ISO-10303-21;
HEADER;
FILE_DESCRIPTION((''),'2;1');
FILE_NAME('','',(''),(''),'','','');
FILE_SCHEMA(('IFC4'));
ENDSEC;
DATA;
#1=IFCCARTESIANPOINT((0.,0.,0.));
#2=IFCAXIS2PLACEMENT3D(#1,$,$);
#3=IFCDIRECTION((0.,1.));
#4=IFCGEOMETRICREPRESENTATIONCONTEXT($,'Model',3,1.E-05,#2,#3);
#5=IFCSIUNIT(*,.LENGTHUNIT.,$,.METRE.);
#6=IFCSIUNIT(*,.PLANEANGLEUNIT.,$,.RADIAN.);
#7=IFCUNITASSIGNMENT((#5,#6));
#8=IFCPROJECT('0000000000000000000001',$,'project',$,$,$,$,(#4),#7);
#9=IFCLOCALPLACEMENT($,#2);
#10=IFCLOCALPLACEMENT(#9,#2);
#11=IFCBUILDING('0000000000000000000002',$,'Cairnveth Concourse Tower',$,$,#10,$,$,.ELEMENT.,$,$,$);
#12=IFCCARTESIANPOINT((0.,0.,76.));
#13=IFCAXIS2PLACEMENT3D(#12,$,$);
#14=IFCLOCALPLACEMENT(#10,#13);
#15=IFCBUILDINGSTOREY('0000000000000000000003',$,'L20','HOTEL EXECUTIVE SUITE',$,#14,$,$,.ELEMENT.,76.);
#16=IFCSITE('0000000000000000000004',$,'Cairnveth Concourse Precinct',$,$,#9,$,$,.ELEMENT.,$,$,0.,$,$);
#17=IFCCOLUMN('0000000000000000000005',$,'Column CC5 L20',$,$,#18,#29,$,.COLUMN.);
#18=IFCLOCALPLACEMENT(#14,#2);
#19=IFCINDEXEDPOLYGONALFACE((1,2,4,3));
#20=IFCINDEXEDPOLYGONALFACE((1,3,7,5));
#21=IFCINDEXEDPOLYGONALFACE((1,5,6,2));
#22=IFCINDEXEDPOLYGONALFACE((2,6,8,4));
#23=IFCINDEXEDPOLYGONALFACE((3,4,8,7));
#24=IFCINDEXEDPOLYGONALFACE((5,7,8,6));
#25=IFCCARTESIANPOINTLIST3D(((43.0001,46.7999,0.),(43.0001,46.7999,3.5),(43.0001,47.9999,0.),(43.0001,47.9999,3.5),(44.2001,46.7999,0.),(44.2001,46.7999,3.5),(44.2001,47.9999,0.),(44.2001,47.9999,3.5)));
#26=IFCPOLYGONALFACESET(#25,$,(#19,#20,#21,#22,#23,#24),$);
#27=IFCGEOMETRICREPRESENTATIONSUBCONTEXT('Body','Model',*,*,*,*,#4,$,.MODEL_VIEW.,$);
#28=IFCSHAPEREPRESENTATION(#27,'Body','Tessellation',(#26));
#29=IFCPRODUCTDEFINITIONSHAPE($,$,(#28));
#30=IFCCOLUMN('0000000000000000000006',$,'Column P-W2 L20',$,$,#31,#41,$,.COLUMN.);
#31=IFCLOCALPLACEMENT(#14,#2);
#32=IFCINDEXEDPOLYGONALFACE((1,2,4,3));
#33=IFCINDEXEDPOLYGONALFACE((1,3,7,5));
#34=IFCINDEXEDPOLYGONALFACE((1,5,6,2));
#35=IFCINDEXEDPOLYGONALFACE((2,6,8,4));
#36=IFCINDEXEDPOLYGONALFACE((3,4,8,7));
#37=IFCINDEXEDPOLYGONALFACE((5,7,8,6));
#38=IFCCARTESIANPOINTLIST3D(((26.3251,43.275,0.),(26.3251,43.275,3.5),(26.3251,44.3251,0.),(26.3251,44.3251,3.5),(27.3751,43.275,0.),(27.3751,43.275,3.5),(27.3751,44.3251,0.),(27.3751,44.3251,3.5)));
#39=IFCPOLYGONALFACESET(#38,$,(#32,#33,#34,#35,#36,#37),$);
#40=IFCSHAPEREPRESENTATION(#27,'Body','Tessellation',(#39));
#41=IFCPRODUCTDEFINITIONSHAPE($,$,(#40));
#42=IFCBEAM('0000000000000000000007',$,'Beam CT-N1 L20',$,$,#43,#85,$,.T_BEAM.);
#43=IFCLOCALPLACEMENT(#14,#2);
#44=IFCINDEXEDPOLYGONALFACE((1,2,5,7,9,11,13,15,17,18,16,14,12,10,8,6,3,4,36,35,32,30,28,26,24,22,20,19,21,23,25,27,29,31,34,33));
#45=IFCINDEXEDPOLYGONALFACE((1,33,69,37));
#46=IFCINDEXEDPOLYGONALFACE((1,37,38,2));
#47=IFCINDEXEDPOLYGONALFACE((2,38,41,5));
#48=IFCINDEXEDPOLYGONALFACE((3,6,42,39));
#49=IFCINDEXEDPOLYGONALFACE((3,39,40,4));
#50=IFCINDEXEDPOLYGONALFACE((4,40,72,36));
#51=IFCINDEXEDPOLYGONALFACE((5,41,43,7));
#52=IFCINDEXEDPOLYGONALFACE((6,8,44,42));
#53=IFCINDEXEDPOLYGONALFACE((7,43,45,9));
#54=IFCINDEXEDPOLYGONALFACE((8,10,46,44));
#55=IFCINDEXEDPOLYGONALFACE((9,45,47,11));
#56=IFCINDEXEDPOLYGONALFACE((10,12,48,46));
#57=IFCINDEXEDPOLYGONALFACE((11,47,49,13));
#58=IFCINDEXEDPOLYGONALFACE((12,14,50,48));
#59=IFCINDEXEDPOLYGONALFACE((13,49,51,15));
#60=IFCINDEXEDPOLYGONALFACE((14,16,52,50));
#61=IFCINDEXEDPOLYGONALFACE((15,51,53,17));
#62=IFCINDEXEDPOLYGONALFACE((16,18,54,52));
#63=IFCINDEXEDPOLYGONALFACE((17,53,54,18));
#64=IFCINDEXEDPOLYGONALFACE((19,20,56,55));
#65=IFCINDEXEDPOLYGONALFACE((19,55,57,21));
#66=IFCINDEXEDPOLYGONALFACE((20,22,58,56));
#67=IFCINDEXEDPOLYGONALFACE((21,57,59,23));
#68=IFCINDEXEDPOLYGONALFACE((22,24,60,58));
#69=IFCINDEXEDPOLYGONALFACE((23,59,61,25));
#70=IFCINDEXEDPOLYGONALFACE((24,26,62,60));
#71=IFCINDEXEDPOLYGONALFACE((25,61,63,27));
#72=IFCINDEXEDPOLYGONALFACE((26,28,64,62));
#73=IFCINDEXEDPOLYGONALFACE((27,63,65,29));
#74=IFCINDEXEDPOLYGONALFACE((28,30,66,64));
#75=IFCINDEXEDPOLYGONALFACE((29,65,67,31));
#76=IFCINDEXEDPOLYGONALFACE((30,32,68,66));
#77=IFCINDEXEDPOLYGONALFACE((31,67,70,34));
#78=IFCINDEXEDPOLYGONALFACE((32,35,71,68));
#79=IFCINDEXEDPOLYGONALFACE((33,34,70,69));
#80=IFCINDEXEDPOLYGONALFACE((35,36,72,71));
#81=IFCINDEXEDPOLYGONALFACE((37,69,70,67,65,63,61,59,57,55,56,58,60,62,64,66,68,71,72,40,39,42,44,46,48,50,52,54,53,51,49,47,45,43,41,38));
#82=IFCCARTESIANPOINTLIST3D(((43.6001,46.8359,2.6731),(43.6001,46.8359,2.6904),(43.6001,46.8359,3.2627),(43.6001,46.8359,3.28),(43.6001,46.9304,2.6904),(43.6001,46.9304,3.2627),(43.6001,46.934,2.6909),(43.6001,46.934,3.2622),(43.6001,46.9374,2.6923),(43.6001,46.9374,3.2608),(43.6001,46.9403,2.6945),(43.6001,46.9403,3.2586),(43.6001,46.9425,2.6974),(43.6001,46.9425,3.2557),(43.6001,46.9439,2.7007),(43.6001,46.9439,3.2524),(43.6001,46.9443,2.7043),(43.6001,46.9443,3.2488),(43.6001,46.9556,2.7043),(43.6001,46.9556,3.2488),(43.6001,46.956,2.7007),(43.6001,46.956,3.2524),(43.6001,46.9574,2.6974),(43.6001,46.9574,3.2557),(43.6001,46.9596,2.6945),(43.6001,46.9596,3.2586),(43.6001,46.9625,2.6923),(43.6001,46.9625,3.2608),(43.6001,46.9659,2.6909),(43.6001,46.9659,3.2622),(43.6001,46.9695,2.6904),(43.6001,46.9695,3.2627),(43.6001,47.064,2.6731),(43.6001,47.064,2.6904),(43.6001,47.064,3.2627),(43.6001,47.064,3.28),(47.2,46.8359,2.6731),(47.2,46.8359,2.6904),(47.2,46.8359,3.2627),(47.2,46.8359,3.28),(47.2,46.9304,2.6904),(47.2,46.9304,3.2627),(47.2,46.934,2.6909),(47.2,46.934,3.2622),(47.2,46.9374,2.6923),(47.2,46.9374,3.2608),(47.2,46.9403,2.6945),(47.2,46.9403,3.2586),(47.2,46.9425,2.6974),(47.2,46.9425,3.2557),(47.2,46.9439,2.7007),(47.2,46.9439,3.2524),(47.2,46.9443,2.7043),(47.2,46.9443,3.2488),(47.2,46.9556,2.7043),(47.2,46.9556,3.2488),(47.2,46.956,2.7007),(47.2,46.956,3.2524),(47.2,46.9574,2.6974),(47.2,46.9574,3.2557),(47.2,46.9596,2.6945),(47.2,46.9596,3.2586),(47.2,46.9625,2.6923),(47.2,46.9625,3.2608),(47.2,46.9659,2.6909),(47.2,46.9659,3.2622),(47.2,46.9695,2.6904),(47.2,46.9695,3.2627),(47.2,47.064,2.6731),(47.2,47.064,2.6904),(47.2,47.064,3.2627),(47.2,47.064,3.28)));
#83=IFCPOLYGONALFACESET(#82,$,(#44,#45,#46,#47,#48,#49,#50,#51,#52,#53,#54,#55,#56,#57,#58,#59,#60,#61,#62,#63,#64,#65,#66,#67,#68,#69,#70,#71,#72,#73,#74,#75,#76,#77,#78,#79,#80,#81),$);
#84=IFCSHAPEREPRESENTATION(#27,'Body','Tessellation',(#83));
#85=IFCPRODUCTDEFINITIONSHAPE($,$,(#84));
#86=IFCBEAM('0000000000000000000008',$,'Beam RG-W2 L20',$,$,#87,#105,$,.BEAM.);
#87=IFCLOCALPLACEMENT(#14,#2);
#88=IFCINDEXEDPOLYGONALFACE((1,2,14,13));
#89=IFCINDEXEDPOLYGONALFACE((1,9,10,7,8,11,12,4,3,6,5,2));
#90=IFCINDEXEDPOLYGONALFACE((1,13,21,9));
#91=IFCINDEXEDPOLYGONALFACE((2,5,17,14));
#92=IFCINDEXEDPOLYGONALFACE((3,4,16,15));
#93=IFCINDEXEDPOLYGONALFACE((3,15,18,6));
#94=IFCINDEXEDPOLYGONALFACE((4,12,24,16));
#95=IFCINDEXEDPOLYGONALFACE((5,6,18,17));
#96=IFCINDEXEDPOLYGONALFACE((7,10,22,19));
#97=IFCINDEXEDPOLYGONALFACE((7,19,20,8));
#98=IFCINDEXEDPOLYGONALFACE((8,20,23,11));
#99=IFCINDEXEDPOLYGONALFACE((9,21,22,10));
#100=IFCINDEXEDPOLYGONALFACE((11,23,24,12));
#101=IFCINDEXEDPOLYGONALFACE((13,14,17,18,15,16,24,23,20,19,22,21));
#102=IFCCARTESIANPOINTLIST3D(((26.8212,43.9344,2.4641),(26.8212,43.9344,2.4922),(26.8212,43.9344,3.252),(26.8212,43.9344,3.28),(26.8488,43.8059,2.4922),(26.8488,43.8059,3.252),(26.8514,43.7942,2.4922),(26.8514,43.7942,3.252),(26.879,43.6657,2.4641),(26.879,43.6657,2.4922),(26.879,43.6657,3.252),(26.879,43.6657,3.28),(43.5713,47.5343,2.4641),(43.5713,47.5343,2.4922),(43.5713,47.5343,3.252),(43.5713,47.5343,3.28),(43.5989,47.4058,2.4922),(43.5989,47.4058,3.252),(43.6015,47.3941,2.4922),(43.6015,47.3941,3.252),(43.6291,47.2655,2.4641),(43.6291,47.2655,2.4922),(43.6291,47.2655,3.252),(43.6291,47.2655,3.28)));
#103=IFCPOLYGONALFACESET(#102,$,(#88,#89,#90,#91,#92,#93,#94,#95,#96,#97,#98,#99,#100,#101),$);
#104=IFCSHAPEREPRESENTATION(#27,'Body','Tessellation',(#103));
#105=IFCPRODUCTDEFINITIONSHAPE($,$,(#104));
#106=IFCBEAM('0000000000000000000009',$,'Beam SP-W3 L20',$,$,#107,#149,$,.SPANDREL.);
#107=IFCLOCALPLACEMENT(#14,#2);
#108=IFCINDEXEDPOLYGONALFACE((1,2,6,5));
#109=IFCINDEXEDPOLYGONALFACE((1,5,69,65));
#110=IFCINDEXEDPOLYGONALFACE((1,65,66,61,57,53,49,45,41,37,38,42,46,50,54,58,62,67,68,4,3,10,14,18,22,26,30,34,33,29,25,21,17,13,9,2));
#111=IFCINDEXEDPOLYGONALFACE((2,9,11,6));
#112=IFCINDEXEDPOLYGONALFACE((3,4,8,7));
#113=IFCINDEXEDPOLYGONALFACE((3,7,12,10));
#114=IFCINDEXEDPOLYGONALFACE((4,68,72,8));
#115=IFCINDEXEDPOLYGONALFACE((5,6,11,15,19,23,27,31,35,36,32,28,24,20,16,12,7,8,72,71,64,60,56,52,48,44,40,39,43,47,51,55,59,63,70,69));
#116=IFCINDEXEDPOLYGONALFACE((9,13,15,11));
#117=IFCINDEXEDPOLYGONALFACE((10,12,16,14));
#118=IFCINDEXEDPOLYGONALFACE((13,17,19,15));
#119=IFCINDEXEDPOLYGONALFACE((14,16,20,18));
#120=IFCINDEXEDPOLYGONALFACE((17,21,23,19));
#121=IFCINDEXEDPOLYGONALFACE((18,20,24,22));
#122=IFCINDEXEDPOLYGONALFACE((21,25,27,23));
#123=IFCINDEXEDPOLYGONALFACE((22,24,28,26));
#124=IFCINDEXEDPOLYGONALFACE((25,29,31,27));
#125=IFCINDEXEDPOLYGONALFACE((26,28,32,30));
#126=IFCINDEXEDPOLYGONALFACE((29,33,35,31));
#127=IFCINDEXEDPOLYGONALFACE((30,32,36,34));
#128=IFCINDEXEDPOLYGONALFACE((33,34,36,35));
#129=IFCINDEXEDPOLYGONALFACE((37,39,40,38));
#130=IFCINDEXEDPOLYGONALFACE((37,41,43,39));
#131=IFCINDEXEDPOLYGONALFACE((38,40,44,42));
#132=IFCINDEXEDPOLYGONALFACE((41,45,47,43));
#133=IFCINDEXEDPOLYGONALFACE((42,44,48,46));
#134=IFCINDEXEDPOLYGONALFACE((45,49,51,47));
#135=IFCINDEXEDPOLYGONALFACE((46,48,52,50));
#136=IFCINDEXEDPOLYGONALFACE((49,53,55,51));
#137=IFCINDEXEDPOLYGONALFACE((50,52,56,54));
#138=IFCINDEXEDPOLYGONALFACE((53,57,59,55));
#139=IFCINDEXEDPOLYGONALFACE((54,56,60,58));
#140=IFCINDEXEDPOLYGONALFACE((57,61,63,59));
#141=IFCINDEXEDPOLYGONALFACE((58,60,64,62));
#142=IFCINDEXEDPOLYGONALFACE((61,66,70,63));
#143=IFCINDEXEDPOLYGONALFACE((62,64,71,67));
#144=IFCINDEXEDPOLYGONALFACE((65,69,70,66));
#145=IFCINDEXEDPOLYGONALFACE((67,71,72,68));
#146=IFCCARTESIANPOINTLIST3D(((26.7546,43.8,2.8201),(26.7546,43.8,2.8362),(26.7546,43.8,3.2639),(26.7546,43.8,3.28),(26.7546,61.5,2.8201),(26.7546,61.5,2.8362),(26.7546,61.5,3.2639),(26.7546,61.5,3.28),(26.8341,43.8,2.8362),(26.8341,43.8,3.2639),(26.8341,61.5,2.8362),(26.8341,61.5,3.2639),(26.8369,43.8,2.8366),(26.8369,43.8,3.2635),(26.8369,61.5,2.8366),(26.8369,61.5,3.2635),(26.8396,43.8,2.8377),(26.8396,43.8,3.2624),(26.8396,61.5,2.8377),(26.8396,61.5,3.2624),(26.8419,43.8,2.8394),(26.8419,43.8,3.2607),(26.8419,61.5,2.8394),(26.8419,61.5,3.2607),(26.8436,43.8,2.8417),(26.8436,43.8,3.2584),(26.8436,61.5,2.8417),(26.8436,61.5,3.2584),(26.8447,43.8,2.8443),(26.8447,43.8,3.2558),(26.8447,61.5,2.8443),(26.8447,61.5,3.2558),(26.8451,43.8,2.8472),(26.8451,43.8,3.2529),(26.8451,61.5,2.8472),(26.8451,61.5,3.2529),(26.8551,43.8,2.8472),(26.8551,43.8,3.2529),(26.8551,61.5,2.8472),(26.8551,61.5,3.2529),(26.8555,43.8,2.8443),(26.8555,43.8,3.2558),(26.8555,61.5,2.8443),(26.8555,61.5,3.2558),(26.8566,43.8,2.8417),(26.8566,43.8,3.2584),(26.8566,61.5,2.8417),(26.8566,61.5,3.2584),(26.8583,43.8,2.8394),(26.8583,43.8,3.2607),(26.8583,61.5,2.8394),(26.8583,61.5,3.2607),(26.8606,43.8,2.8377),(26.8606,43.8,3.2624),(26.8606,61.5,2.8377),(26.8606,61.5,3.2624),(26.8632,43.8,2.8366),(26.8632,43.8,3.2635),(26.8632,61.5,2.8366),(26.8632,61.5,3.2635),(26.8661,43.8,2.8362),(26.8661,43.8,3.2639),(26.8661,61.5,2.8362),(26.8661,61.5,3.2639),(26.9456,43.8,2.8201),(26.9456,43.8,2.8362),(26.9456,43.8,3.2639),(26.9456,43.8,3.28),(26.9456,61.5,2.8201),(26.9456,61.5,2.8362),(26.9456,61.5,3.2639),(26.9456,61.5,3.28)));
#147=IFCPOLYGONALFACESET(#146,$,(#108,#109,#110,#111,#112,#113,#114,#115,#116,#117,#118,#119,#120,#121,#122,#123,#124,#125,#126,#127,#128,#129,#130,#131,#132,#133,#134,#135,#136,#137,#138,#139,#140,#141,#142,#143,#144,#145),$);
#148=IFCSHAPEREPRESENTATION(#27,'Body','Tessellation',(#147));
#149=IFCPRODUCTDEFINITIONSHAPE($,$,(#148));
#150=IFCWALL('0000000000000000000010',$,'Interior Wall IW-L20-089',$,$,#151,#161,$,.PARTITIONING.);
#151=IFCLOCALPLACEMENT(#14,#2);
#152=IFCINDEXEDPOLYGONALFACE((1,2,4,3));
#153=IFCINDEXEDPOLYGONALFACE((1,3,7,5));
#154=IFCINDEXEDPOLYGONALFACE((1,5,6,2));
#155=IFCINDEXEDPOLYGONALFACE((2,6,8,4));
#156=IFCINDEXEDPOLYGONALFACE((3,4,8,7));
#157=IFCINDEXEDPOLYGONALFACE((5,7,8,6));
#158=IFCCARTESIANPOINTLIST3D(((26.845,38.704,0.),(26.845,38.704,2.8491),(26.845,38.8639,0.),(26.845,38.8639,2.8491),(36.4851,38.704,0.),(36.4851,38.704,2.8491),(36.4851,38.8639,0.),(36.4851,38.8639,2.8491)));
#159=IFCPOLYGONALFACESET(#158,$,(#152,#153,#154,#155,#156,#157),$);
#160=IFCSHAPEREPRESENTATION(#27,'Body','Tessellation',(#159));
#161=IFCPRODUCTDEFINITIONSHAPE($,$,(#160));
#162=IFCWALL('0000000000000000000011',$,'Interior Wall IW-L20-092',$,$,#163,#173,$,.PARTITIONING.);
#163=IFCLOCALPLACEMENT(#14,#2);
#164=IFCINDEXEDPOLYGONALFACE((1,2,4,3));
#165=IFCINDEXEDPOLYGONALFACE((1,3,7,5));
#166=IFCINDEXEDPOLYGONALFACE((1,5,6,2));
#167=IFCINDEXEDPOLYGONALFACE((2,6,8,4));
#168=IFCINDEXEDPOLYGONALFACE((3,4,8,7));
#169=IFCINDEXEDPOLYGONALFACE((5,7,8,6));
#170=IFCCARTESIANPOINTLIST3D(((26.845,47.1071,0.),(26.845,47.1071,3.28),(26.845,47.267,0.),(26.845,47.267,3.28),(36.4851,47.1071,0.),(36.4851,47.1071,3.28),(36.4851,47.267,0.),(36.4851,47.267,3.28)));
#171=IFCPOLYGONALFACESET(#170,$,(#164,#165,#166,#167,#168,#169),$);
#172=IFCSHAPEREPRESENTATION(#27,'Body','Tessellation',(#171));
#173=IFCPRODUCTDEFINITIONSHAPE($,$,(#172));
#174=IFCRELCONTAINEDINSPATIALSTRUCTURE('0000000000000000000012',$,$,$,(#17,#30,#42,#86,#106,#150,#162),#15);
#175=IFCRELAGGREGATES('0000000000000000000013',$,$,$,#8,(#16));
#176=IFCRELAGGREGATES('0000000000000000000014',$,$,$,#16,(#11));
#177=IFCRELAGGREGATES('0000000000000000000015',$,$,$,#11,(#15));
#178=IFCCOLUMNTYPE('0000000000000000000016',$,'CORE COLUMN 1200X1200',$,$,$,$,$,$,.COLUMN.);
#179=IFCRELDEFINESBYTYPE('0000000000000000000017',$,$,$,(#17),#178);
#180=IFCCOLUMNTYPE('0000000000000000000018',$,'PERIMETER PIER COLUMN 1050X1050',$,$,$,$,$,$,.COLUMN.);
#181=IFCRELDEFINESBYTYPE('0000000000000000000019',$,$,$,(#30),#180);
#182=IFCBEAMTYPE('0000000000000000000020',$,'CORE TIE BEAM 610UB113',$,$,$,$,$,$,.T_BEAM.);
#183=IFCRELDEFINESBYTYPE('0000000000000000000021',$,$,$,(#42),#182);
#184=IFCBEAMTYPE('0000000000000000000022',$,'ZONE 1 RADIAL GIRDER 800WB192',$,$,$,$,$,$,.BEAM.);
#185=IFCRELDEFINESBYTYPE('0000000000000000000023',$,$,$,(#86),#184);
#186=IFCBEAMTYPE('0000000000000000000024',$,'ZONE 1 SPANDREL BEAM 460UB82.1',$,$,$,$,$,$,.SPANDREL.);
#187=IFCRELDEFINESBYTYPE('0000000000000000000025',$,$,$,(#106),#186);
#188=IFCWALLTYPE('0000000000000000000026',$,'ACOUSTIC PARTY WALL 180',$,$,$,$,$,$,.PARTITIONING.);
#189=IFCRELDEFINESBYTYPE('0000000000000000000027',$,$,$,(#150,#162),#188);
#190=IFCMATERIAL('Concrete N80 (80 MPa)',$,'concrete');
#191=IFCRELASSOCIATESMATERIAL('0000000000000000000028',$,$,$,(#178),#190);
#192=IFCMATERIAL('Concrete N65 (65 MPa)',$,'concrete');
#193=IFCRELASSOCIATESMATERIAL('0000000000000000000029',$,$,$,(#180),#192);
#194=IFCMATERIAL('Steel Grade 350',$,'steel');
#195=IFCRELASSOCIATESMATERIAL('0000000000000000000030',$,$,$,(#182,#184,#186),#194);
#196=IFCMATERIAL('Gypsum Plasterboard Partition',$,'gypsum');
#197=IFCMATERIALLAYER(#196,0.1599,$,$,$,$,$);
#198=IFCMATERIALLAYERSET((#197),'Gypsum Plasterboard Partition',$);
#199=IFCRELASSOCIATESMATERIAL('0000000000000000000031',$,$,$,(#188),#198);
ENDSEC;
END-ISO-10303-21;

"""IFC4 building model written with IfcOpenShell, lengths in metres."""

from ifc_helpers import new_model, si_unit, direction, frame, frame_2d, origin, origin_2d, place, context, subcontext, project, spatial, rectangle, i_section, extrude, material, layer, layer_set, material_profile, profile_set, type_object, element, save


model = new_model("IFC4")

# Units and contexts
model_context = context("Model", 3, precision=1e-05, world=origin(), true_north=direction((0.0, 1.0)))
body_context = subcontext(model_context, "Body", "Model", "MODEL_VIEW")
ifc_project = project(units=[si_unit("LENGTHUNIT", "METRE"), si_unit("PLANEANGLEUNIT", "RADIAN")], contexts=[model_context])

# Site, building, storey
site_placement = place(None, origin())
site = spatial("IfcSite", under=ifc_project, at=site_placement, Name="Cairnveth Concourse Precinct", CompositionType="ELEMENT", RefElevation=0.0)
building_placement = place(site_placement, origin())
building = spatial("IfcBuilding", under=site, at=building_placement, Name="Cairnveth Concourse Tower", CompositionType="ELEMENT")
storey_placement = place(building_placement, frame((0.0, 0.0, 76.0)))
storey = spatial("IfcBuildingStorey", under=building, at=storey_placement, Name="L20", Description="HOTEL EXECUTIVE SUITE", CompositionType="ELEMENT", Elevation=76.0)

# Columns
ifc_material_1 = material(Name="Concrete N80 (80 MPa)", Category="concrete")
ifc_material_profile_1 = material_profile(ifc_material_1, rectangle(XDim=1.2, YDim=1.2, at=origin_2d()), Name="RC-COL-1200x1200")
ifc_profile_set_1 = profile_set([ifc_material_profile_1], Name="Concrete N80 (80 MPa)")
column_type_1 = type_object("IfcColumnType", Name="CORE COLUMN 1200X1200", PredefinedType="COLUMN", material=ifc_profile_set_1)
column_1_placement = place(storey_placement, frame((43.6001, 47.3999, 0.0), z_axis=(0.0, 0.0, 1.0), x_axis=(1.0, 0.0, 0.0)))
element("IfcColumn", 1, at=column_1_placement, inside=storey, type_object=column_type_1, Name="Column CC5 L20", PredefinedType="COLUMN", context=body_context, shape_type="SweptSolid", body=[
    extrude(rectangle(XDim=1.2, YDim=1.2, at=origin_2d()), origin(), (0.0, 0.0, 1.0), 3.5),
])
ifc_material_2 = material(Name="Concrete N65 (65 MPa)", Category="concrete")
ifc_material_profile_2 = material_profile(ifc_material_2, rectangle(XDim=1.05, YDim=1.05, at=origin_2d()), Name="RC-COL-1050x1050")
ifc_profile_set_2 = profile_set([ifc_material_profile_2], Name="Concrete N65 (65 MPa)")
column_type_2 = type_object("IfcColumnType", Name="PERIMETER PIER COLUMN 1050X1050", PredefinedType="COLUMN", material=ifc_profile_set_2)
column_2_placement = place(storey_placement, frame((26.8501, 43.8, 0.0), z_axis=(0.0, 0.0, 1.0), x_axis=(0.0, 1.0, 0.0)))
element("IfcColumn", 2, at=column_2_placement, inside=storey, type_object=column_type_2, Name="Column P-W2 L20", PredefinedType="COLUMN", context=body_context, shape_type="SweptSolid", body=[
    extrude(rectangle(XDim=1.05, YDim=1.05, at=origin_2d()), origin(), (0.0, 0.0, 1.0), 3.5),
])

# Beams
ifc_material_3 = material(Name="Steel Grade 350", Category="steel")
ifc_material_profile_3 = material_profile(ifc_material_3, i_section(OverallWidth=0.228, OverallDepth=0.6069, WebThickness=0.0112, FlangeThickness=0.0173, FilletRadius=0.0139, at=origin_2d()), Name="610UB113")
ifc_profile_set_3 = profile_set([ifc_material_profile_3], Name="Steel Grade 350")
beam_type_1 = type_object("IfcBeamType", Name="CORE TIE BEAM 610UB113", PredefinedType="T_BEAM", material=ifc_profile_set_3)
beam_1_placement = place(storey_placement, frame((43.6001, 46.95, 2.9766), z_axis=(1.0, 0.0, 0.0), x_axis=(0.0, 1.0, 0.0)))
element("IfcBeam", 3, at=beam_1_placement, inside=storey, type_object=beam_type_1, Name="Beam CT-N1 L20", PredefinedType="T_BEAM", context=body_context, shape_type="SweptSolid", body=[
    extrude(i_section(OverallWidth=0.228, OverallDepth=0.6069, WebThickness=0.0112, FlangeThickness=0.0173, FilletRadius=0.0139, at=origin_2d()), origin(), (0.0, 0.0, 1.0), 3.5999),
])
ifc_material_profile_4 = material_profile(ifc_material_3, i_section(OverallWidth=0.2749, OverallDepth=0.8159, WebThickness=0.012, FlangeThickness=0.0281, at=origin_2d()), Name="800WB192")
ifc_profile_set_4 = profile_set([ifc_material_profile_4], Name="Steel Grade 350")
beam_type_2 = type_object("IfcBeamType", Name="ZONE 1 RADIAL GIRDER 800WB192", PredefinedType="BEAM", material=ifc_profile_set_4)
beam_2_placement = place(storey_placement, frame((26.8501, 43.8, 2.8721), z_axis=(0.977676, 0.210119, 0.0), x_axis=(-0.210119, 0.977676, 0.0)))
element("IfcBeam", 4, at=beam_2_placement, inside=storey, type_object=beam_type_2, Name="Beam RG-W2 L20", PredefinedType="BEAM", context=body_context, shape_type="SweptSolid", body=[
    extrude(i_section(OverallWidth=0.2749, OverallDepth=0.8159, WebThickness=0.012, FlangeThickness=0.0281, at=origin_2d()), origin(), (0.0, 0.0, 1.0), 17.1326),
])
ifc_material_profile_5 = material_profile(ifc_material_3, i_section(OverallWidth=0.1909, OverallDepth=0.46, WebThickness=0.01, FlangeThickness=0.0161, FilletRadius=0.011, at=origin_2d()), Name="460UB82.1")
ifc_profile_set_5 = profile_set([ifc_material_profile_5], Name="Steel Grade 350")
beam_type_3 = type_object("IfcBeamType", Name="ZONE 1 SPANDREL BEAM 460UB82.1", PredefinedType="SPANDREL", material=ifc_profile_set_5)
beam_3_placement = place(storey_placement, frame((26.8501, 43.8, 3.05), z_axis=(0.0, 1.0, 0.0), x_axis=(-1.0, 0.0, 0.0)))
element("IfcBeam", 5, at=beam_3_placement, inside=storey, type_object=beam_type_3, Name="Beam SP-W3 L20", PredefinedType="SPANDREL", context=body_context, shape_type="SweptSolid", body=[
    extrude(i_section(OverallWidth=0.1909, OverallDepth=0.46, WebThickness=0.01, FlangeThickness=0.0161, FilletRadius=0.011, at=origin_2d()), origin(), (0.0, 0.0, 1.0), 17.7),
])

# Walls
ifc_material_4 = material(Name="Gypsum Plasterboard Partition", Category="gypsum")
ifc_layer_1 = layer(ifc_material_4, 0.1599)
ifc_layer_set_1 = layer_set([ifc_layer_1], Name="Gypsum Plasterboard Partition")
wall_type_1 = type_object("IfcWallType", Name="ACOUSTIC PARTY WALL 180", PredefinedType="PARTITIONING", material=ifc_layer_set_1)
wall_1_placement = place(storey_placement, frame((26.845, 38.7839, 0.0), z_axis=(0.0, 0.0, 1.0), x_axis=(1.0, 0.0, 0.0)))
element("IfcWall", 6, at=wall_1_placement, inside=storey, type_object=wall_type_1, Name="Interior Wall IW-L20-089", PredefinedType="PARTITIONING", context=body_context, shape_type="SweptSolid", body=[
    extrude(rectangle(XDim=9.6401, YDim=0.1599, at=frame_2d((4.8201, 0.0))), origin(), (0.0, 0.0, 1.0), 2.8491),
])
wall_2_placement = place(storey_placement, frame((26.845, 47.187, 0.0), z_axis=(0.0, 0.0, 1.0), x_axis=(1.0, 0.0, 0.0)))
element("IfcWall", 7, at=wall_2_placement, inside=storey, type_object=wall_type_1, Name="Interior Wall IW-L20-092", PredefinedType="PARTITIONING", context=body_context, shape_type="SweptSolid", body=[
    extrude(rectangle(XDim=9.6401, YDim=0.1599, at=frame_2d((4.8201, 0.0))), origin(), (0.0, 0.0, 1.0), 3.28),
])

save(model, "model.ifc")
